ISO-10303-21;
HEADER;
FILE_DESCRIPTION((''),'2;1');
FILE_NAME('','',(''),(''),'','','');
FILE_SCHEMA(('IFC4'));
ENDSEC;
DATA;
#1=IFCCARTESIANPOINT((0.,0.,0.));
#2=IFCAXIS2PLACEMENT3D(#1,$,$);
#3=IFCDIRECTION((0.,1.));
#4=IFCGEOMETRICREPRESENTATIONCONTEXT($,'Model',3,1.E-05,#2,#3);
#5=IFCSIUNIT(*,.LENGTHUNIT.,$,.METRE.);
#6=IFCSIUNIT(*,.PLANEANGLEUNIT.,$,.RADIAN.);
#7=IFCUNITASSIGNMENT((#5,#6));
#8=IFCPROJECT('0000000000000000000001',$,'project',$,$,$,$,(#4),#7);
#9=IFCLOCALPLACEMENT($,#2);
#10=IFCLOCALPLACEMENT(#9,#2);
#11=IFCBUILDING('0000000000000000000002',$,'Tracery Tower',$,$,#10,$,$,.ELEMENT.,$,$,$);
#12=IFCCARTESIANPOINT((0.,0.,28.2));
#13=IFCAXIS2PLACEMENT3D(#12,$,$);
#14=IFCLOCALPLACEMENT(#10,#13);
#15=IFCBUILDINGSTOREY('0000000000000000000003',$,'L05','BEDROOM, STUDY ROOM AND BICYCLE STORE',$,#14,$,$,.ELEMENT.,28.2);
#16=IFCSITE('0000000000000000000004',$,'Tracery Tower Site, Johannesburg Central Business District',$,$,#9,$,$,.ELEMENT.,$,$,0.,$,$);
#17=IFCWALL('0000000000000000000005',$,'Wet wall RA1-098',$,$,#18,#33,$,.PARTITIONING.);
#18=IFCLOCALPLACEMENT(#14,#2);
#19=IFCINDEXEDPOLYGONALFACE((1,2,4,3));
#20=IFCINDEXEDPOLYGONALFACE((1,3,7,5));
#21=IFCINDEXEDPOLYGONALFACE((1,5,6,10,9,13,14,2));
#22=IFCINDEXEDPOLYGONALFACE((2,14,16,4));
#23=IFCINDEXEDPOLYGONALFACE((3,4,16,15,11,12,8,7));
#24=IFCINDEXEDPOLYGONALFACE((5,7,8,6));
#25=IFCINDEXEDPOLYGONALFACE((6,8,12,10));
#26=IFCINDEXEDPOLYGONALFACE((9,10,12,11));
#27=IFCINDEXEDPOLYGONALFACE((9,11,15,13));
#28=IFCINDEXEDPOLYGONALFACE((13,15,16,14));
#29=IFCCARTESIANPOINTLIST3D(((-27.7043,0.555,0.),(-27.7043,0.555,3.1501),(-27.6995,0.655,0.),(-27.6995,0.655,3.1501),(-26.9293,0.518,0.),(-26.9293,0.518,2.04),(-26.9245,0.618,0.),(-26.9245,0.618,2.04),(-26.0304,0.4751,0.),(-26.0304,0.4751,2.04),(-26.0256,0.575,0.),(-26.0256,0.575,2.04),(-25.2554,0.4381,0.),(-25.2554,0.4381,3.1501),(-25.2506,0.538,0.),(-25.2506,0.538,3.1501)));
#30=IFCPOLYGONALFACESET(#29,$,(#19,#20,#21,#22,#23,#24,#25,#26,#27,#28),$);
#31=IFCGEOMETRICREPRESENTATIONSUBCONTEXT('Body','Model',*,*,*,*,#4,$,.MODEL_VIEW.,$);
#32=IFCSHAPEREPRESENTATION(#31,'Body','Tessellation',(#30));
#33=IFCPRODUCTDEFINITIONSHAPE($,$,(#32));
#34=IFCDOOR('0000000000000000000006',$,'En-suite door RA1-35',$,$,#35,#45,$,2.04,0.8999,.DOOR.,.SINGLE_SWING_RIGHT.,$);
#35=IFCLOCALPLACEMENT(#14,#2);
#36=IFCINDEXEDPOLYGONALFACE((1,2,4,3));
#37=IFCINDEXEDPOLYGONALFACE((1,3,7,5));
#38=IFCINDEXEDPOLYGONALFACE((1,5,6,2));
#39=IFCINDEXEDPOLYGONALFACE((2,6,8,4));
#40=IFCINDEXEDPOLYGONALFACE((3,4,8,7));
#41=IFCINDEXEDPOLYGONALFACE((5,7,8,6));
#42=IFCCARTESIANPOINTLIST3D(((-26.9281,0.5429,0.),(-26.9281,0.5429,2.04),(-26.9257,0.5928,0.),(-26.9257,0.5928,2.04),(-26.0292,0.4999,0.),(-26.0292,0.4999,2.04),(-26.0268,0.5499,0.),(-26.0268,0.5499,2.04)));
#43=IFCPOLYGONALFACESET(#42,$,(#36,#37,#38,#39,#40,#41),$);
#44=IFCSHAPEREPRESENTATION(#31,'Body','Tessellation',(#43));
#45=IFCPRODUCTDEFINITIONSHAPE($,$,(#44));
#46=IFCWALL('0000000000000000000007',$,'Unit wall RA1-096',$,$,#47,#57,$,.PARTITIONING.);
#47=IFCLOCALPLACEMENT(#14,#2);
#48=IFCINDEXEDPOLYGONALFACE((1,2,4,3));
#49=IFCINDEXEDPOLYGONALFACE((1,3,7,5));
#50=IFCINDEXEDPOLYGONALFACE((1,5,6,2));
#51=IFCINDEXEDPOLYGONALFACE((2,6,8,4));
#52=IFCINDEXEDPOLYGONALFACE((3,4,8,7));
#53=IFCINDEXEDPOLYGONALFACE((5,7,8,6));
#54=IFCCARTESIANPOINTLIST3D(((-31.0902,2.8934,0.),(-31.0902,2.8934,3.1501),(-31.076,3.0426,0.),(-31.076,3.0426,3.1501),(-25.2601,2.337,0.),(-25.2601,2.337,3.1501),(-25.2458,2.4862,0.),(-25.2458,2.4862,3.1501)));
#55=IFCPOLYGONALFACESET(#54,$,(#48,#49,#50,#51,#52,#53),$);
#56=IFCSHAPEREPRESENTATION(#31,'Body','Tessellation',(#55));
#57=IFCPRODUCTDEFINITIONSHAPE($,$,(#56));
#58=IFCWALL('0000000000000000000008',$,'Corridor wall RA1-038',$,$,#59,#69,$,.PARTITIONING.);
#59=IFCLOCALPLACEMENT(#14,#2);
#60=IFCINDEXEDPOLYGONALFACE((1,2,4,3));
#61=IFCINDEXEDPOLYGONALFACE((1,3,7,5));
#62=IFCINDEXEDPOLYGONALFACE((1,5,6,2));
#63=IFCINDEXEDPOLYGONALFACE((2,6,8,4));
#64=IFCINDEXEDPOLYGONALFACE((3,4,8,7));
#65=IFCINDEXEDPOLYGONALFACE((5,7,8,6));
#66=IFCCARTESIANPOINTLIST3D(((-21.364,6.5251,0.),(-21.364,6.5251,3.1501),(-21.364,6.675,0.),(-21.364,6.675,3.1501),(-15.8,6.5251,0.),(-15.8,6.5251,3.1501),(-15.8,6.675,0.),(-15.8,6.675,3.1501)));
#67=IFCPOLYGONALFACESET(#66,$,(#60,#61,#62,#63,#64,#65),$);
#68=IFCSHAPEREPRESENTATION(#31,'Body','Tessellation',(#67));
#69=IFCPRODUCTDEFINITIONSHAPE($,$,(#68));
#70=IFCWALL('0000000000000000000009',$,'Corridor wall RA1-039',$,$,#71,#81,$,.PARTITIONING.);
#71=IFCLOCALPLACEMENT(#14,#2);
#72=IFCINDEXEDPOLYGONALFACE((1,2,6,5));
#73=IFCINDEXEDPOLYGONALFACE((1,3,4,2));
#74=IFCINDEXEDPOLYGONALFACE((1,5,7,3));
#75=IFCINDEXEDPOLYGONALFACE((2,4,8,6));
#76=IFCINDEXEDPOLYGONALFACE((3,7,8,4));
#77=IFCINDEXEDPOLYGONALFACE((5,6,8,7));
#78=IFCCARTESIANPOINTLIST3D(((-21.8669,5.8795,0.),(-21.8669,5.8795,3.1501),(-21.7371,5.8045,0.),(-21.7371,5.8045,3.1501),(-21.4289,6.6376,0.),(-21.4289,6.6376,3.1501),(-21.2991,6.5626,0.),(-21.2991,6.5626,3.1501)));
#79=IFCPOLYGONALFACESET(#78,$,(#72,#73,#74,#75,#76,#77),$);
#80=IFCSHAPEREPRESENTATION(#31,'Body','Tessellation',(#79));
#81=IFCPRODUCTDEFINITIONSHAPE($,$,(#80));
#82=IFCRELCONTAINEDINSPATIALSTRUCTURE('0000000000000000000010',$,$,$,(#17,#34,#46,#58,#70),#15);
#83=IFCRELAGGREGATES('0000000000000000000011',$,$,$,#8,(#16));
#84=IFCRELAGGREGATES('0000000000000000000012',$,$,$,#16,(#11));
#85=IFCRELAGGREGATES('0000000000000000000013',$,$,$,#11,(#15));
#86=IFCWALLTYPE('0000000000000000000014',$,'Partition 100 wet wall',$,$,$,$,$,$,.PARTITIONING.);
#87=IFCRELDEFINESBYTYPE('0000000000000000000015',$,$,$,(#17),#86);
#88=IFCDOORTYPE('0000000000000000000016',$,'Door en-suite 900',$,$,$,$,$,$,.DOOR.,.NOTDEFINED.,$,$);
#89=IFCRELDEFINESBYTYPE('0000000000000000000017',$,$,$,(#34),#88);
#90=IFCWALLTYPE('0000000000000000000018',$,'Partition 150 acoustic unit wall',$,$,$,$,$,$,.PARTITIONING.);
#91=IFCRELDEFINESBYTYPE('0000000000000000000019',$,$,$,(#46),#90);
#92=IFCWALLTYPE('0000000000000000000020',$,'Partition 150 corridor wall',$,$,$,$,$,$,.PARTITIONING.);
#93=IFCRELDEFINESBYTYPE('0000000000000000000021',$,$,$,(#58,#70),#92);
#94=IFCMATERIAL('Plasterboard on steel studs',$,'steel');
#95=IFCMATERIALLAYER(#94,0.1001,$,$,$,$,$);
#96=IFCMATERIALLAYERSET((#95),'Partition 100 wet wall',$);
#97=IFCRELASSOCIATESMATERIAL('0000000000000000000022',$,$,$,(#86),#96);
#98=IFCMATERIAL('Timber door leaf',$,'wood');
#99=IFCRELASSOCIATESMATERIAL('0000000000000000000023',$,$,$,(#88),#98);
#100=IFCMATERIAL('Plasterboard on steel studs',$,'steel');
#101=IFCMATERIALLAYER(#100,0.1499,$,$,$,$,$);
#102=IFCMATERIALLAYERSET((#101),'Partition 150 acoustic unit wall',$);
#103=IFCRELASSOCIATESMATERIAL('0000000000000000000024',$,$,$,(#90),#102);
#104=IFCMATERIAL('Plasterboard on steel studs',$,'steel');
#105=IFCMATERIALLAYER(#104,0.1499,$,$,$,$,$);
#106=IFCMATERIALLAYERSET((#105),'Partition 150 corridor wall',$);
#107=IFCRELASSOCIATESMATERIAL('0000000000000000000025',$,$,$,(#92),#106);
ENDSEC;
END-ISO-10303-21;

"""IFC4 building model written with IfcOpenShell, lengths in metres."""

from ifc_helpers import new_model, si_unit, direction, frame, frame_2d, origin, place, context, subcontext, project, spatial, rectangle, extrude, material, layer, layer_set, type_object, element, fill, save


model = new_model("IFC4")

# Units and contexts
model_context = context("Model", 3, precision=1e-05, world=origin(), true_north=direction((0.0, 1.0)))
body_context = subcontext(model_context, "Body", "Model", "MODEL_VIEW")
ifc_project = project(units=[si_unit("LENGTHUNIT", "METRE"), si_unit("PLANEANGLEUNIT", "RADIAN")], contexts=[model_context])

# Site, building, storey
site_placement = place(None, origin())
site = spatial("IfcSite", under=ifc_project, at=site_placement, Name="Tracery Tower Site, Johannesburg Central Business District", CompositionType="ELEMENT", RefElevation=0.0)
building_placement = place(site_placement, origin())
building = spatial("IfcBuilding", under=site, at=building_placement, Name="Tracery Tower", CompositionType="ELEMENT")
storey_placement = place(building_placement, frame((0.0, 0.0, 28.2)))
storey = spatial("IfcBuildingStorey", under=building, at=storey_placement, Name="L05", Description="BEDROOM, STUDY ROOM AND BICYCLE STORE", CompositionType="ELEMENT", Elevation=28.2)

# Shared definitions
ifc_material_1 = material(Name="Plasterboard on steel studs", Category="steel")
ifc_layer_1 = layer(ifc_material_1, 0.1001)
ifc_layer_set_1 = layer_set([ifc_layer_1], Name="Partition 100 wet wall")
wall_type_1 = type_object("IfcWallType", Name="Partition 100 wet wall", PredefinedType="PARTITIONING", material=ifc_layer_set_1)
ifc_material_2 = material(Name="Timber door leaf", Category="wood")
door_type = type_object("IfcDoorType", Name="Door en-suite 900", OperationType="NOTDEFINED", PredefinedType="DOOR", material=ifc_material_2)

# Wall, opening, door
wall_1_placement = place(storey_placement, frame((-27.7019, 0.605, 0.0), z_axis=(0.0, 0.0, 1.0), x_axis=(0.998862, -0.047698, 0.0)))
wall_1 = element("IfcWall", 1, at=wall_1_placement, inside=storey, type_object=wall_type_1, Name="Wet wall RA1-098", PredefinedType="PARTITIONING", context=body_context, shape_type="SweptSolid", body=[
    extrude(rectangle(XDim=2.4517, YDim=0.1001, at=frame_2d((1.2258, 0.0))), origin(), (0.0, 0.0, 1.0), 3.1501),
])
opening_1_placement = place(wall_1_placement, frame((0.7759, 0.0, 0.0)))
opening_1 = element("IfcOpeningElement", 2, at=opening_1_placement, cuts=wall_1, PredefinedType="OPENING", context=body_context, shape_type="SweptSolid", body=[
    extrude(rectangle(XDim=0.8999, YDim=2.04, at=frame_2d((0.45, 1.02))), frame((0.0, 0.05, 0.0), z_axis=(0.0, -1.0, 0.0), x_axis=(1.0, 0.0, 0.0)), (0.0, 0.0, 1.0), 0.1001),
])
door_1_placement = place(opening_1_placement, origin())
door_1 = element("IfcDoor", 3, at=door_1_placement, inside=storey, type_object=door_type, Name="En-suite door RA1-35", OperationType="SINGLE_SWING_RIGHT", OverallHeight=2.04, OverallWidth=0.8999, PredefinedType="DOOR", context=body_context, shape_type="SweptSolid", body=[
    extrude(rectangle(XDim=0.8999, YDim=2.04, at=frame_2d((0.45, 1.02))), frame((0.0, 0.0249, 0.0), z_axis=(0.0, -1.0, 0.0), x_axis=(1.0, 0.0, 0.0)), (0.0, 0.0, 1.0), 0.05),
])
fill(opening_1, door_1)

# Walls
ifc_material_3 = material(Name="Plasterboard on steel studs", Category="steel")
ifc_layer_2 = layer(ifc_material_3, 0.1499)
ifc_layer_set_2 = layer_set([ifc_layer_2], Name="Partition 150 acoustic unit wall")
wall_type_2 = type_object("IfcWallType", Name="Partition 150 acoustic unit wall", PredefinedType="PARTITIONING", material=ifc_layer_set_2)
wall_2_placement = place(storey_placement, frame((-31.083, 2.968, 0.0), z_axis=(0.0, 0.0, 1.0), x_axis=(0.995477, -0.095004, 0.0)))
element("IfcWall", 4, at=wall_2_placement, inside=storey, type_object=wall_type_2, Name="Unit wall RA1-096", PredefinedType="PARTITIONING", context=body_context, shape_type="SweptSolid", body=[
    extrude(rectangle(XDim=5.8567, YDim=0.1499, at=frame_2d((2.9282, 0.0))), origin(), (0.0, 0.0, 1.0), 3.1501),
])
ifc_material_4 = material(Name="Plasterboard on steel studs", Category="steel")
ifc_layer_3 = layer(ifc_material_4, 0.1499)
ifc_layer_set_3 = layer_set([ifc_layer_3], Name="Partition 150 corridor wall")
wall_type_3 = type_object("IfcWallType", Name="Partition 150 corridor wall", PredefinedType="PARTITIONING", material=ifc_layer_set_3)
wall_3_placement = place(storey_placement, frame((-21.364, 6.6001, 0.0), z_axis=(0.0, 0.0, 1.0), x_axis=(1.0, 0.0, 0.0)))
element("IfcWall", 5, at=wall_3_placement, inside=storey, type_object=wall_type_3, Name="Corridor wall RA1-038", PredefinedType="PARTITIONING", context=body_context, shape_type="SweptSolid", body=[
    extrude(rectangle(XDim=5.564, YDim=0.1499, at=frame_2d((2.782, 0.0))), origin(), (0.0, 0.0, 1.0), 3.1501),
])
wall_4_placement = place(storey_placement, frame((-21.802, 5.842, 0.0), z_axis=(0.0, 0.0, 1.0), x_axis=(0.500278, 0.865865, 0.0)))
element("IfcWall", 6, at=wall_4_placement, inside=storey, type_object=wall_type_3, Name="Corridor wall RA1-039", PredefinedType="PARTITIONING", context=body_context, shape_type="SweptSolid", body=[
    extrude(rectangle(XDim=0.8755, YDim=0.1499, at=frame_2d((0.4377, 0.0))), origin(), (0.0, 0.0, 1.0), 3.1501),
])

save(model, "model.ifc")
